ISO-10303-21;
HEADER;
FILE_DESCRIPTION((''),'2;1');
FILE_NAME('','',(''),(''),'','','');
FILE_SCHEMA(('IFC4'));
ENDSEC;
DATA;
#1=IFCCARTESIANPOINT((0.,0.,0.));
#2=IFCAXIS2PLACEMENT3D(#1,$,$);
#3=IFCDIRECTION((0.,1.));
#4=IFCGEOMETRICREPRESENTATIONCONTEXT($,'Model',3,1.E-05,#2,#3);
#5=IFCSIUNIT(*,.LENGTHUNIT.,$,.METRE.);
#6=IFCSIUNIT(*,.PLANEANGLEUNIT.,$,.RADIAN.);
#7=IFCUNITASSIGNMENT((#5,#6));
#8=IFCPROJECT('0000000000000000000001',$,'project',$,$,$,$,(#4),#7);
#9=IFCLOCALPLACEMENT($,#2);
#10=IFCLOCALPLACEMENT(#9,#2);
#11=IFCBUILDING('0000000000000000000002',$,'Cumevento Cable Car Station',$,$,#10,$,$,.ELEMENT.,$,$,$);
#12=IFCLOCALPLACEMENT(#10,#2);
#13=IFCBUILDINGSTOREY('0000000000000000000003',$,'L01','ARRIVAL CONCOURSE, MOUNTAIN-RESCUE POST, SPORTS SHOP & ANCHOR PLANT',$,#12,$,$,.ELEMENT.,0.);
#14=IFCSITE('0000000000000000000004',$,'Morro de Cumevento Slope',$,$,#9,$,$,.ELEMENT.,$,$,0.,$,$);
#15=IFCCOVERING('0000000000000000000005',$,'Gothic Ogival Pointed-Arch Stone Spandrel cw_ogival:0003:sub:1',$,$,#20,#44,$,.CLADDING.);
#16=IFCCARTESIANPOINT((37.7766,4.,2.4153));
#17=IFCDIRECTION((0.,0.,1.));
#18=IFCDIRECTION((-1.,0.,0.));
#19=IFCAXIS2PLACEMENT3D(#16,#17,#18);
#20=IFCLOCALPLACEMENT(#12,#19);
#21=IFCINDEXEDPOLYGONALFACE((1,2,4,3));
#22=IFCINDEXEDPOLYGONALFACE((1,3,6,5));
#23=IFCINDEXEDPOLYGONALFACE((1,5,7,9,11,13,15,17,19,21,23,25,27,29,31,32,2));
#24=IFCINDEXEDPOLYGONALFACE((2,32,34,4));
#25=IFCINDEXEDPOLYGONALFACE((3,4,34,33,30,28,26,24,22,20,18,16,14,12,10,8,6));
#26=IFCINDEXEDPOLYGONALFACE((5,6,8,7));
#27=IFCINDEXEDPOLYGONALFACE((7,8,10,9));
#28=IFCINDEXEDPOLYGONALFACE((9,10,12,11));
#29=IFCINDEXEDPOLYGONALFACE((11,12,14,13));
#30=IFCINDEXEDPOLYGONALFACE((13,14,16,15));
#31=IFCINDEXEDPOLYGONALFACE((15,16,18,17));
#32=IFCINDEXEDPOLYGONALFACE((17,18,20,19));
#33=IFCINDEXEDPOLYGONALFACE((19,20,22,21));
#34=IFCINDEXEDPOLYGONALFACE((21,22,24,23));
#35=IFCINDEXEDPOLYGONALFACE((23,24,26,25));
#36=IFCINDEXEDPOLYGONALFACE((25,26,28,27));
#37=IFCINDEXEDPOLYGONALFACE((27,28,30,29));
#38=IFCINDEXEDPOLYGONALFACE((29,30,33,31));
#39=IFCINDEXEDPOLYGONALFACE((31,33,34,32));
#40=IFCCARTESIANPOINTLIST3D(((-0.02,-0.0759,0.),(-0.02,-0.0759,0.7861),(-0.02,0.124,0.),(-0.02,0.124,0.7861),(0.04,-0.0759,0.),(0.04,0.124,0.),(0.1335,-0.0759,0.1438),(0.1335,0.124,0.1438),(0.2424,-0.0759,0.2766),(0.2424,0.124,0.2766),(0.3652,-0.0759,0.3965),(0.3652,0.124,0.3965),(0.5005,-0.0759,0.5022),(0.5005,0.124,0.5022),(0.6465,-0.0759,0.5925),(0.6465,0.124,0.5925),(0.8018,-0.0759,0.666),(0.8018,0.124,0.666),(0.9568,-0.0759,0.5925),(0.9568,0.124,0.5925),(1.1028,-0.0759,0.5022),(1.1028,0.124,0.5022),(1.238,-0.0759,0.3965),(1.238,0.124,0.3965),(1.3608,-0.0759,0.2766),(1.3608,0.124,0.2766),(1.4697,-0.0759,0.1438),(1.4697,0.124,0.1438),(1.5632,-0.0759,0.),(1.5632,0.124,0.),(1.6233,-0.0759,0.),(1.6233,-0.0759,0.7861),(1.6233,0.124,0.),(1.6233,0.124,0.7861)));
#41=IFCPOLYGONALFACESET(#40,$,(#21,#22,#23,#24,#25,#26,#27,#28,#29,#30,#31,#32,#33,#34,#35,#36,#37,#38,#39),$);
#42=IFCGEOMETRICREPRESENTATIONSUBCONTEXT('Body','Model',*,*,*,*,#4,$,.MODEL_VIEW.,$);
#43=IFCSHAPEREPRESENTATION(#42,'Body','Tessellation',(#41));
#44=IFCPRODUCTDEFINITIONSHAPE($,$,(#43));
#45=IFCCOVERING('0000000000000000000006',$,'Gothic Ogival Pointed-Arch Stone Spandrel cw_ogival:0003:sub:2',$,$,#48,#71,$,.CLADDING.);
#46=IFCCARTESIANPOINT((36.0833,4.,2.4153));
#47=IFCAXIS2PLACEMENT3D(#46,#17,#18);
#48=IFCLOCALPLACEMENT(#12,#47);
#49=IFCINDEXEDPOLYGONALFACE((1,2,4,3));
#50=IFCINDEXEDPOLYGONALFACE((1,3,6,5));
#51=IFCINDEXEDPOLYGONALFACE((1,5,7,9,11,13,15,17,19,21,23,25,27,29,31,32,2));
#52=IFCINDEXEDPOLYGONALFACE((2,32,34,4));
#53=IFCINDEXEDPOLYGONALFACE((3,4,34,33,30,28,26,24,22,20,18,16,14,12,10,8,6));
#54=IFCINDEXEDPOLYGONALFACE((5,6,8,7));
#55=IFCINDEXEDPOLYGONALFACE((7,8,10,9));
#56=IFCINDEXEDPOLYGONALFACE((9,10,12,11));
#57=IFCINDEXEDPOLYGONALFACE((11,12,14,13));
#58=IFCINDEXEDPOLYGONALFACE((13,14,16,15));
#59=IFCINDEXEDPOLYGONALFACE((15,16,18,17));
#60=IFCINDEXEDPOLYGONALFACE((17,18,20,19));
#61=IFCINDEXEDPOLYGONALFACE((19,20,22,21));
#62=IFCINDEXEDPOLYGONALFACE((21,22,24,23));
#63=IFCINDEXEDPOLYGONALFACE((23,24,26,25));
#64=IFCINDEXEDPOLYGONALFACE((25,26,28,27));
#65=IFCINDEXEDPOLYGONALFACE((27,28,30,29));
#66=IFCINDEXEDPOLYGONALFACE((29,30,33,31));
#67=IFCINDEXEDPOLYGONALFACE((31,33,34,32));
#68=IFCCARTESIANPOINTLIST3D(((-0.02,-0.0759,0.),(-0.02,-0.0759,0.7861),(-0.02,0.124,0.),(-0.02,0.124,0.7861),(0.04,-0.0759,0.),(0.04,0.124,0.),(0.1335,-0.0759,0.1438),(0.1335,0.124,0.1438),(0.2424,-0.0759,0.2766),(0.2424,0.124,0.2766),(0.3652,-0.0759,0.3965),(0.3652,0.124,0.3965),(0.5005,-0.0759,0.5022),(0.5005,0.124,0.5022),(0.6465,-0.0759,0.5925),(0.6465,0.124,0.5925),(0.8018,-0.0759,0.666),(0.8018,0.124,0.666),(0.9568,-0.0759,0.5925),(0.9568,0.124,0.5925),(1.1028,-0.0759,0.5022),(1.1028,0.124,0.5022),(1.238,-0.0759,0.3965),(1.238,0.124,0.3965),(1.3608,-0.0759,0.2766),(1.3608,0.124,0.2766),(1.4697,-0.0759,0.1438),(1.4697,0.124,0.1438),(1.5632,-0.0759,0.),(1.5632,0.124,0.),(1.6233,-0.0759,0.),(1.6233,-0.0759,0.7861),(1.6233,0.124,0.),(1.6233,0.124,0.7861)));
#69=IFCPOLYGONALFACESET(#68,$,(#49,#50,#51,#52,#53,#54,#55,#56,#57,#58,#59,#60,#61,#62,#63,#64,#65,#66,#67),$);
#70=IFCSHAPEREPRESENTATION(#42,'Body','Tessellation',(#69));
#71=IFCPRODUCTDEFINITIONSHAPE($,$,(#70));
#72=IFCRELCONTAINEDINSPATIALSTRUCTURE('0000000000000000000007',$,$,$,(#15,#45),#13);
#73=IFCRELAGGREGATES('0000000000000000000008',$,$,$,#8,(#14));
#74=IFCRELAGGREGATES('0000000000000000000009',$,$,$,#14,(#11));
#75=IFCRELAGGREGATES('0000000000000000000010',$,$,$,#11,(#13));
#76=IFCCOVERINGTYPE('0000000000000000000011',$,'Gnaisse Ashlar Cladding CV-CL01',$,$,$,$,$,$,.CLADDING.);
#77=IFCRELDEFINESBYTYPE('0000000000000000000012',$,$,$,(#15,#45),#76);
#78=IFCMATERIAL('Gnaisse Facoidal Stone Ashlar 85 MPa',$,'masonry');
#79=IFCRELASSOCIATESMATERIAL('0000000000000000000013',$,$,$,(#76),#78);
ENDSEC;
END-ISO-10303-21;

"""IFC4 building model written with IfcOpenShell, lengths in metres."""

from ifc_helpers import new_model, si_unit, direction, frame, origin, place, context, subcontext, project, spatial, polyline, outline, extrude, material, type_object, element, save


model = new_model("IFC4")

# Units and contexts
model_context = context("Model", 3, precision=1e-05, world=origin(), true_north=direction((0.0, 1.0)))
body_context = subcontext(model_context, "Body", "Model", "MODEL_VIEW")
ifc_project = project(units=[si_unit("LENGTHUNIT", "METRE"), si_unit("PLANEANGLEUNIT", "RADIAN")], contexts=[model_context])

# Site, building, storey
site_placement = place(None, origin())
site = spatial("IfcSite", under=ifc_project, at=site_placement, Name="Morro de Cumevento Slope", CompositionType="ELEMENT", RefElevation=0.0)
building_placement = place(site_placement, origin())
building = spatial("IfcBuilding", under=site, at=building_placement, Name="Cumevento Cable Car Station", CompositionType="ELEMENT")
storey_placement = place(building_placement, origin())
storey = spatial("IfcBuildingStorey", under=building, at=storey_placement, Name="L01", Description="ARRIVAL CONCOURSE, MOUNTAIN-RESCUE POST, SPORTS SHOP & ANCHOR PLANT", CompositionType="ELEMENT", Elevation=0.0)

# Coverings
ifc_material_1 = material(Name="Gnaisse Facoidal Stone Ashlar 85 MPa", Category="masonry")
covering_type = type_object("IfcCoveringType", Name="Gnaisse Ashlar Cladding CV-CL01", PredefinedType="CLADDING", material=ifc_material_1)
for number, where, z_axis, x_axis, name in (
    (1, (37.7766, 4.0, 2.4153), (0.0, 0.0, 1.0), (-1.0, 0.0, 0.0), "Gothic Ogival Pointed-Arch Stone Spandrel cw_ogival:0003:sub:1"),
    (2, (36.0833, 4.0, 2.4153), (0.0, 0.0, 1.0), (-1.0, 0.0, 0.0), "Gothic Ogival Pointed-Arch Stone Spandrel cw_ogival:0003:sub:2"),
):
    element("IfcCovering", number, at=place(storey_placement, frame(where, z_axis=z_axis, x_axis=x_axis)), inside=storey, type_object=covering_type, Name=name, PredefinedType="CLADDING", context=body_context, shape_type="SweptSolid", body=[
        extrude(outline(polyline([(-0.02, 0.0), (-0.02, 0.7861), (1.6233, 0.7861), (1.6233, 0.0), (1.5632, 0.0), (1.4697, 0.1438), (1.3608, 0.2766), (1.238, 0.3965), (1.1028, 0.5022), (0.9568, 0.5925), (0.8018, 0.666), (0.6465, 0.5925), (0.5005, 0.5022), (0.3652, 0.3965), (0.2424, 0.2766), (0.1335, 0.1438), (0.04, 0.0), (-0.02, 0.0)])), frame((0.0, 0.124, 0.0), z_axis=(0.0, -1.0, 0.0), x_axis=(1.0, 0.0, 0.0)), (0.0, 0.0, 1.0), 0.2),
    ])

save(model, "model.ifc")
